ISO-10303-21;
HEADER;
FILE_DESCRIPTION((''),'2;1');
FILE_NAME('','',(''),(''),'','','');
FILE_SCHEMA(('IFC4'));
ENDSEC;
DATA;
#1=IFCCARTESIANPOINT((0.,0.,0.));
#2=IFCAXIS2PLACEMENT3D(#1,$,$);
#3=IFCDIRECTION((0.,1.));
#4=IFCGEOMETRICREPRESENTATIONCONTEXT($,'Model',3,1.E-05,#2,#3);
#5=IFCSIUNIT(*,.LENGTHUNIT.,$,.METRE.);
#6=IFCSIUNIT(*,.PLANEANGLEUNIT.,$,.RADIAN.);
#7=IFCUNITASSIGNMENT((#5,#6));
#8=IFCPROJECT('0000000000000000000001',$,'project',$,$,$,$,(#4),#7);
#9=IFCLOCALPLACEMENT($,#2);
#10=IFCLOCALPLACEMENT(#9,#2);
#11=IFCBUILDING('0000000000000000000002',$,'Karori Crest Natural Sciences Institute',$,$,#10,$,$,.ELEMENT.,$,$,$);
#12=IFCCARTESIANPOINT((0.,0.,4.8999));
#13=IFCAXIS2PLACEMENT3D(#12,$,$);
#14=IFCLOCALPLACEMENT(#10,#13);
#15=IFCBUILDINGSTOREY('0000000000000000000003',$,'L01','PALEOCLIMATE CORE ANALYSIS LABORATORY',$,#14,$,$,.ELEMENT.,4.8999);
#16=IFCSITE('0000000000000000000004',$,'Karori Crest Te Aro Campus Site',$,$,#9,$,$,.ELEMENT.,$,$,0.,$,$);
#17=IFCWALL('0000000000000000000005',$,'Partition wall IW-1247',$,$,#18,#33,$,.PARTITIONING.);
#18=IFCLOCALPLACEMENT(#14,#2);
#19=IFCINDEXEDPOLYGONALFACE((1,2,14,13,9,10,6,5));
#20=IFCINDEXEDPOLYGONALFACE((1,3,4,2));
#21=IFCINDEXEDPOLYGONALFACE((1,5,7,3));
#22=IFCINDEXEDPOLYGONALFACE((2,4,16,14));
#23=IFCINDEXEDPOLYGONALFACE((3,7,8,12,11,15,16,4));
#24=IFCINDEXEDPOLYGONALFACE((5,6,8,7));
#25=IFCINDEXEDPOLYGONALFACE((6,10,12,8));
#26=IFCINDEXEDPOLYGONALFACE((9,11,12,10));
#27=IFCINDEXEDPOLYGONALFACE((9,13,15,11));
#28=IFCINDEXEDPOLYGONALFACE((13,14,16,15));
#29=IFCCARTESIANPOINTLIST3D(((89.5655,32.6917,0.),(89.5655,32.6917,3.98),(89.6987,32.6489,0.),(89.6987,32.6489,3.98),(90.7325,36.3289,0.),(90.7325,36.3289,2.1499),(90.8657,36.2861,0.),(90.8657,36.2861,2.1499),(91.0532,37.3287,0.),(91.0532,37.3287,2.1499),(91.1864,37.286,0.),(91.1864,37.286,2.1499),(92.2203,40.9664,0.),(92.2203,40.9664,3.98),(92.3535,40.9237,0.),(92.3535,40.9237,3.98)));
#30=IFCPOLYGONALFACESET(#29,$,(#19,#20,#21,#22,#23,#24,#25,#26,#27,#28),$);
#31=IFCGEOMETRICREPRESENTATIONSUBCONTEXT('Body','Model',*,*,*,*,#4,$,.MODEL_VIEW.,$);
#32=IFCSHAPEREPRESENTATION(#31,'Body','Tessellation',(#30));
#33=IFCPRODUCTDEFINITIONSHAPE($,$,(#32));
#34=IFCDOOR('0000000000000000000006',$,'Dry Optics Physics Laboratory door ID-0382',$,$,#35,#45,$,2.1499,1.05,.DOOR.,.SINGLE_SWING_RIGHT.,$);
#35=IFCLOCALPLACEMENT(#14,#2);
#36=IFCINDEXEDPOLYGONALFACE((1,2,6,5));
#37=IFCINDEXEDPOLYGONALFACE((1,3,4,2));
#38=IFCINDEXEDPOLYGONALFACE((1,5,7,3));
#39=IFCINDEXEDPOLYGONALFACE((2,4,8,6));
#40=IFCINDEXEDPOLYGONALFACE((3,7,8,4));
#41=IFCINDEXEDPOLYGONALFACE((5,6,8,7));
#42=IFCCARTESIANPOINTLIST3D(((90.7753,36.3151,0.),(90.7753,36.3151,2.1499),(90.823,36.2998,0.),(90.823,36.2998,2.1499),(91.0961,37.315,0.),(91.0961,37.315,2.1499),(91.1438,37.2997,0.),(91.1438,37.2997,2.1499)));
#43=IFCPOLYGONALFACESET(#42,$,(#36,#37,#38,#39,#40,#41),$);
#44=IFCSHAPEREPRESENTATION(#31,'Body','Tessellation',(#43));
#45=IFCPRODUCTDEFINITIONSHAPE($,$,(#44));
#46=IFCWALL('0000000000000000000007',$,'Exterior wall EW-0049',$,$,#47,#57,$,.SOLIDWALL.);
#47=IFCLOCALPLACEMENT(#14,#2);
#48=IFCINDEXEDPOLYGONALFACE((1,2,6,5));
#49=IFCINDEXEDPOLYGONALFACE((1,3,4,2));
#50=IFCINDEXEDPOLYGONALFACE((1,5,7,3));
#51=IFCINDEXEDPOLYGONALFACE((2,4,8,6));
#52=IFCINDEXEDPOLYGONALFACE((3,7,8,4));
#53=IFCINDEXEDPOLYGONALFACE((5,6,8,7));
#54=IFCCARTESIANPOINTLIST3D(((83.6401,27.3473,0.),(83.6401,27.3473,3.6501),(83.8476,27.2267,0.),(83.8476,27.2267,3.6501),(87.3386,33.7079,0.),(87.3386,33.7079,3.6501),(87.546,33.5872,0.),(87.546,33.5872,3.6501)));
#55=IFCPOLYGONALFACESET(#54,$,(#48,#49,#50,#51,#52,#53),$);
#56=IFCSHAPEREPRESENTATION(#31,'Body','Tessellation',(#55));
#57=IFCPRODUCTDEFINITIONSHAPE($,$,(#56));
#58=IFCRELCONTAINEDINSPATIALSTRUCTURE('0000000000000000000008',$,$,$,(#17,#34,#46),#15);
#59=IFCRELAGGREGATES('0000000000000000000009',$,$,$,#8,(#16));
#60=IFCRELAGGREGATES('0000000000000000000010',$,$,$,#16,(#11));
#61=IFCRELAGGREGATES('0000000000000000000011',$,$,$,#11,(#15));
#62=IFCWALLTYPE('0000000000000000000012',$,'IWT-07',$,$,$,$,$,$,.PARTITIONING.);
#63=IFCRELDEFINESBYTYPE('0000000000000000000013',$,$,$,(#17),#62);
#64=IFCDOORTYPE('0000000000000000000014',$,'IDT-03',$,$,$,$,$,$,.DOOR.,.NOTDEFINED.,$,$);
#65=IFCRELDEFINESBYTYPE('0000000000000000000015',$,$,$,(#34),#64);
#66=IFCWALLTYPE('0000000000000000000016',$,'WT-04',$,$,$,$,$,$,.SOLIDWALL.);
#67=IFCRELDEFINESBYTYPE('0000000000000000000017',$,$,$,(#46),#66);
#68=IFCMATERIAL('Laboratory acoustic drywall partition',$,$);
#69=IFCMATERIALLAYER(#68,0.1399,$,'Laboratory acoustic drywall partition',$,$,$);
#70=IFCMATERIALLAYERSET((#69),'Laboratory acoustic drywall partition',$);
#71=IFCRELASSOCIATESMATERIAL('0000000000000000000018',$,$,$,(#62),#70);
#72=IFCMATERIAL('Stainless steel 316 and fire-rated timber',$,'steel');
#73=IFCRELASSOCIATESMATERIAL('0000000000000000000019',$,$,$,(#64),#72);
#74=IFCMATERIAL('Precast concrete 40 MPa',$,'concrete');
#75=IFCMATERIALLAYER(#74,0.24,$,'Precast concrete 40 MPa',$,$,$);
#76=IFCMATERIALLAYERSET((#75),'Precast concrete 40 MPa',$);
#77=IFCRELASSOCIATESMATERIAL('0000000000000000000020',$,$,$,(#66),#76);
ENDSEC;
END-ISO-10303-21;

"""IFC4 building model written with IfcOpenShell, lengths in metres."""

from ifc_helpers import new_model, si_unit, direction, frame, frame_2d, origin, place, context, subcontext, project, spatial, rectangle, extrude, material, layer, layer_set, type_object, element, fill, save


model = new_model("IFC4")

# Units and contexts
model_context = context("Model", 3, precision=1e-05, world=origin(), true_north=direction((0.0, 1.0)))
body_context = subcontext(model_context, "Body", "Model", "MODEL_VIEW")
ifc_project = project(units=[si_unit("LENGTHUNIT", "METRE"), si_unit("PLANEANGLEUNIT", "RADIAN")], contexts=[model_context])

# Site, building, storey
site_placement = place(None, origin())
site = spatial("IfcSite", under=ifc_project, at=site_placement, Name="Karori Crest Te Aro Campus Site", CompositionType="ELEMENT", RefElevation=0.0)
building_placement = place(site_placement, origin())
building = spatial("IfcBuilding", under=site, at=building_placement, Name="Karori Crest Natural Sciences Institute", CompositionType="ELEMENT")
storey_placement = place(building_placement, frame((0.0, 0.0, 4.8999)))
storey = spatial("IfcBuildingStorey", under=building, at=storey_placement, Name="L01", Description="PALEOCLIMATE CORE ANALYSIS LABORATORY", CompositionType="ELEMENT", Elevation=4.8999)

# Shared definitions
ifc_material_1 = material(Name="Laboratory acoustic drywall partition")
ifc_layer_1 = layer(ifc_material_1, 0.1399, Name="Laboratory acoustic drywall partition")
ifc_layer_set_1 = layer_set([ifc_layer_1], Name="Laboratory acoustic drywall partition")
wall_type_1 = type_object("IfcWallType", Name="IWT-07", PredefinedType="PARTITIONING", material=ifc_layer_set_1)

# Wall, opening, door
wall_1_placement = place(storey_placement, frame((89.6321, 32.6702, 0.0), z_axis=(0.0, 0.0, 1.0), x_axis=(0.305495, 0.952194, 0.0)))
wall_1 = element("IfcWall", 1, at=wall_1_placement, inside=storey, type_object=wall_type_1, Name="Partition wall IW-1247", PredefinedType="PARTITIONING", context=body_context, shape_type="SweptSolid", body=[
    extrude(rectangle(XDim=8.6902, YDim=0.1399, at=frame_2d((4.3452, 0.0))), origin(), (0.0, 0.0, 1.0), 3.98),
])
opening_placement = place(wall_1_placement, frame((3.8201, 0.0, 0.0)))
opening = element("IfcOpeningElement", 2, at=opening_placement, cuts=wall_1, PredefinedType="OPENING", context=body_context, shape_type="SweptSolid", body=[
    extrude(rectangle(XDim=1.05, YDim=2.1499, at=frame_2d((0.5249, 1.075))), frame((0.0, 0.0801, 0.0), z_axis=(0.0, -1.0, 0.0), x_axis=(1.0, 0.0, 0.0)), (0.0, 0.0, 1.0), 0.1599),
])
ifc_material_2 = material(Name="Stainless steel 316 and fire-rated timber", Category="steel")
door_type = type_object("IfcDoorType", Name="IDT-03", OperationType="NOTDEFINED", PredefinedType="DOOR", material=ifc_material_2)
door_placement = place(opening_placement, origin())
door = element("IfcDoor", 3, at=door_placement, inside=storey, type_object=door_type, Name="Dry Optics Physics Laboratory door ID-0382", OperationType="SINGLE_SWING_RIGHT", OverallHeight=2.1499, OverallWidth=1.05, PredefinedType="DOOR", context=body_context, shape_type="SweptSolid", body=[
    extrude(rectangle(XDim=1.05, YDim=2.1499, at=frame_2d((0.5249, 1.075))), frame((0.0, 0.0249, 0.0), z_axis=(0.0, -1.0, 0.0), x_axis=(1.0, 0.0, 0.0)), (0.0, 0.0, 1.0), 0.05),
])
fill(opening, door)

# Wall
ifc_material_3 = material(Name="Precast concrete 40 MPa", Category="concrete")
ifc_layer_2 = layer(ifc_material_3, 0.24, Name="Precast concrete 40 MPa")
ifc_layer_set_2 = layer_set([ifc_layer_2], Name="Precast concrete 40 MPa")
wall_type_2 = type_object("IfcWallType", Name="WT-04", PredefinedType="SOLIDWALL", material=ifc_layer_set_2)
wall_2_placement = place(storey_placement, frame((83.7439, 27.2871, 0.0), z_axis=(0.0, 0.0, 1.0), x_axis=(0.502668, 0.86448, 0.0)))
element("IfcWall", 4, at=wall_2_placement, inside=storey, type_object=wall_type_2, Name="Exterior wall EW-0049", PredefinedType="SOLIDWALL", context=body_context, shape_type="SweptSolid", body=[
    extrude(rectangle(XDim=7.3577, YDim=0.24, at=frame_2d((3.6787, 0.0))), origin(), (0.0, 0.0, 1.0), 3.6501),
])

save(model, "model.ifc")
